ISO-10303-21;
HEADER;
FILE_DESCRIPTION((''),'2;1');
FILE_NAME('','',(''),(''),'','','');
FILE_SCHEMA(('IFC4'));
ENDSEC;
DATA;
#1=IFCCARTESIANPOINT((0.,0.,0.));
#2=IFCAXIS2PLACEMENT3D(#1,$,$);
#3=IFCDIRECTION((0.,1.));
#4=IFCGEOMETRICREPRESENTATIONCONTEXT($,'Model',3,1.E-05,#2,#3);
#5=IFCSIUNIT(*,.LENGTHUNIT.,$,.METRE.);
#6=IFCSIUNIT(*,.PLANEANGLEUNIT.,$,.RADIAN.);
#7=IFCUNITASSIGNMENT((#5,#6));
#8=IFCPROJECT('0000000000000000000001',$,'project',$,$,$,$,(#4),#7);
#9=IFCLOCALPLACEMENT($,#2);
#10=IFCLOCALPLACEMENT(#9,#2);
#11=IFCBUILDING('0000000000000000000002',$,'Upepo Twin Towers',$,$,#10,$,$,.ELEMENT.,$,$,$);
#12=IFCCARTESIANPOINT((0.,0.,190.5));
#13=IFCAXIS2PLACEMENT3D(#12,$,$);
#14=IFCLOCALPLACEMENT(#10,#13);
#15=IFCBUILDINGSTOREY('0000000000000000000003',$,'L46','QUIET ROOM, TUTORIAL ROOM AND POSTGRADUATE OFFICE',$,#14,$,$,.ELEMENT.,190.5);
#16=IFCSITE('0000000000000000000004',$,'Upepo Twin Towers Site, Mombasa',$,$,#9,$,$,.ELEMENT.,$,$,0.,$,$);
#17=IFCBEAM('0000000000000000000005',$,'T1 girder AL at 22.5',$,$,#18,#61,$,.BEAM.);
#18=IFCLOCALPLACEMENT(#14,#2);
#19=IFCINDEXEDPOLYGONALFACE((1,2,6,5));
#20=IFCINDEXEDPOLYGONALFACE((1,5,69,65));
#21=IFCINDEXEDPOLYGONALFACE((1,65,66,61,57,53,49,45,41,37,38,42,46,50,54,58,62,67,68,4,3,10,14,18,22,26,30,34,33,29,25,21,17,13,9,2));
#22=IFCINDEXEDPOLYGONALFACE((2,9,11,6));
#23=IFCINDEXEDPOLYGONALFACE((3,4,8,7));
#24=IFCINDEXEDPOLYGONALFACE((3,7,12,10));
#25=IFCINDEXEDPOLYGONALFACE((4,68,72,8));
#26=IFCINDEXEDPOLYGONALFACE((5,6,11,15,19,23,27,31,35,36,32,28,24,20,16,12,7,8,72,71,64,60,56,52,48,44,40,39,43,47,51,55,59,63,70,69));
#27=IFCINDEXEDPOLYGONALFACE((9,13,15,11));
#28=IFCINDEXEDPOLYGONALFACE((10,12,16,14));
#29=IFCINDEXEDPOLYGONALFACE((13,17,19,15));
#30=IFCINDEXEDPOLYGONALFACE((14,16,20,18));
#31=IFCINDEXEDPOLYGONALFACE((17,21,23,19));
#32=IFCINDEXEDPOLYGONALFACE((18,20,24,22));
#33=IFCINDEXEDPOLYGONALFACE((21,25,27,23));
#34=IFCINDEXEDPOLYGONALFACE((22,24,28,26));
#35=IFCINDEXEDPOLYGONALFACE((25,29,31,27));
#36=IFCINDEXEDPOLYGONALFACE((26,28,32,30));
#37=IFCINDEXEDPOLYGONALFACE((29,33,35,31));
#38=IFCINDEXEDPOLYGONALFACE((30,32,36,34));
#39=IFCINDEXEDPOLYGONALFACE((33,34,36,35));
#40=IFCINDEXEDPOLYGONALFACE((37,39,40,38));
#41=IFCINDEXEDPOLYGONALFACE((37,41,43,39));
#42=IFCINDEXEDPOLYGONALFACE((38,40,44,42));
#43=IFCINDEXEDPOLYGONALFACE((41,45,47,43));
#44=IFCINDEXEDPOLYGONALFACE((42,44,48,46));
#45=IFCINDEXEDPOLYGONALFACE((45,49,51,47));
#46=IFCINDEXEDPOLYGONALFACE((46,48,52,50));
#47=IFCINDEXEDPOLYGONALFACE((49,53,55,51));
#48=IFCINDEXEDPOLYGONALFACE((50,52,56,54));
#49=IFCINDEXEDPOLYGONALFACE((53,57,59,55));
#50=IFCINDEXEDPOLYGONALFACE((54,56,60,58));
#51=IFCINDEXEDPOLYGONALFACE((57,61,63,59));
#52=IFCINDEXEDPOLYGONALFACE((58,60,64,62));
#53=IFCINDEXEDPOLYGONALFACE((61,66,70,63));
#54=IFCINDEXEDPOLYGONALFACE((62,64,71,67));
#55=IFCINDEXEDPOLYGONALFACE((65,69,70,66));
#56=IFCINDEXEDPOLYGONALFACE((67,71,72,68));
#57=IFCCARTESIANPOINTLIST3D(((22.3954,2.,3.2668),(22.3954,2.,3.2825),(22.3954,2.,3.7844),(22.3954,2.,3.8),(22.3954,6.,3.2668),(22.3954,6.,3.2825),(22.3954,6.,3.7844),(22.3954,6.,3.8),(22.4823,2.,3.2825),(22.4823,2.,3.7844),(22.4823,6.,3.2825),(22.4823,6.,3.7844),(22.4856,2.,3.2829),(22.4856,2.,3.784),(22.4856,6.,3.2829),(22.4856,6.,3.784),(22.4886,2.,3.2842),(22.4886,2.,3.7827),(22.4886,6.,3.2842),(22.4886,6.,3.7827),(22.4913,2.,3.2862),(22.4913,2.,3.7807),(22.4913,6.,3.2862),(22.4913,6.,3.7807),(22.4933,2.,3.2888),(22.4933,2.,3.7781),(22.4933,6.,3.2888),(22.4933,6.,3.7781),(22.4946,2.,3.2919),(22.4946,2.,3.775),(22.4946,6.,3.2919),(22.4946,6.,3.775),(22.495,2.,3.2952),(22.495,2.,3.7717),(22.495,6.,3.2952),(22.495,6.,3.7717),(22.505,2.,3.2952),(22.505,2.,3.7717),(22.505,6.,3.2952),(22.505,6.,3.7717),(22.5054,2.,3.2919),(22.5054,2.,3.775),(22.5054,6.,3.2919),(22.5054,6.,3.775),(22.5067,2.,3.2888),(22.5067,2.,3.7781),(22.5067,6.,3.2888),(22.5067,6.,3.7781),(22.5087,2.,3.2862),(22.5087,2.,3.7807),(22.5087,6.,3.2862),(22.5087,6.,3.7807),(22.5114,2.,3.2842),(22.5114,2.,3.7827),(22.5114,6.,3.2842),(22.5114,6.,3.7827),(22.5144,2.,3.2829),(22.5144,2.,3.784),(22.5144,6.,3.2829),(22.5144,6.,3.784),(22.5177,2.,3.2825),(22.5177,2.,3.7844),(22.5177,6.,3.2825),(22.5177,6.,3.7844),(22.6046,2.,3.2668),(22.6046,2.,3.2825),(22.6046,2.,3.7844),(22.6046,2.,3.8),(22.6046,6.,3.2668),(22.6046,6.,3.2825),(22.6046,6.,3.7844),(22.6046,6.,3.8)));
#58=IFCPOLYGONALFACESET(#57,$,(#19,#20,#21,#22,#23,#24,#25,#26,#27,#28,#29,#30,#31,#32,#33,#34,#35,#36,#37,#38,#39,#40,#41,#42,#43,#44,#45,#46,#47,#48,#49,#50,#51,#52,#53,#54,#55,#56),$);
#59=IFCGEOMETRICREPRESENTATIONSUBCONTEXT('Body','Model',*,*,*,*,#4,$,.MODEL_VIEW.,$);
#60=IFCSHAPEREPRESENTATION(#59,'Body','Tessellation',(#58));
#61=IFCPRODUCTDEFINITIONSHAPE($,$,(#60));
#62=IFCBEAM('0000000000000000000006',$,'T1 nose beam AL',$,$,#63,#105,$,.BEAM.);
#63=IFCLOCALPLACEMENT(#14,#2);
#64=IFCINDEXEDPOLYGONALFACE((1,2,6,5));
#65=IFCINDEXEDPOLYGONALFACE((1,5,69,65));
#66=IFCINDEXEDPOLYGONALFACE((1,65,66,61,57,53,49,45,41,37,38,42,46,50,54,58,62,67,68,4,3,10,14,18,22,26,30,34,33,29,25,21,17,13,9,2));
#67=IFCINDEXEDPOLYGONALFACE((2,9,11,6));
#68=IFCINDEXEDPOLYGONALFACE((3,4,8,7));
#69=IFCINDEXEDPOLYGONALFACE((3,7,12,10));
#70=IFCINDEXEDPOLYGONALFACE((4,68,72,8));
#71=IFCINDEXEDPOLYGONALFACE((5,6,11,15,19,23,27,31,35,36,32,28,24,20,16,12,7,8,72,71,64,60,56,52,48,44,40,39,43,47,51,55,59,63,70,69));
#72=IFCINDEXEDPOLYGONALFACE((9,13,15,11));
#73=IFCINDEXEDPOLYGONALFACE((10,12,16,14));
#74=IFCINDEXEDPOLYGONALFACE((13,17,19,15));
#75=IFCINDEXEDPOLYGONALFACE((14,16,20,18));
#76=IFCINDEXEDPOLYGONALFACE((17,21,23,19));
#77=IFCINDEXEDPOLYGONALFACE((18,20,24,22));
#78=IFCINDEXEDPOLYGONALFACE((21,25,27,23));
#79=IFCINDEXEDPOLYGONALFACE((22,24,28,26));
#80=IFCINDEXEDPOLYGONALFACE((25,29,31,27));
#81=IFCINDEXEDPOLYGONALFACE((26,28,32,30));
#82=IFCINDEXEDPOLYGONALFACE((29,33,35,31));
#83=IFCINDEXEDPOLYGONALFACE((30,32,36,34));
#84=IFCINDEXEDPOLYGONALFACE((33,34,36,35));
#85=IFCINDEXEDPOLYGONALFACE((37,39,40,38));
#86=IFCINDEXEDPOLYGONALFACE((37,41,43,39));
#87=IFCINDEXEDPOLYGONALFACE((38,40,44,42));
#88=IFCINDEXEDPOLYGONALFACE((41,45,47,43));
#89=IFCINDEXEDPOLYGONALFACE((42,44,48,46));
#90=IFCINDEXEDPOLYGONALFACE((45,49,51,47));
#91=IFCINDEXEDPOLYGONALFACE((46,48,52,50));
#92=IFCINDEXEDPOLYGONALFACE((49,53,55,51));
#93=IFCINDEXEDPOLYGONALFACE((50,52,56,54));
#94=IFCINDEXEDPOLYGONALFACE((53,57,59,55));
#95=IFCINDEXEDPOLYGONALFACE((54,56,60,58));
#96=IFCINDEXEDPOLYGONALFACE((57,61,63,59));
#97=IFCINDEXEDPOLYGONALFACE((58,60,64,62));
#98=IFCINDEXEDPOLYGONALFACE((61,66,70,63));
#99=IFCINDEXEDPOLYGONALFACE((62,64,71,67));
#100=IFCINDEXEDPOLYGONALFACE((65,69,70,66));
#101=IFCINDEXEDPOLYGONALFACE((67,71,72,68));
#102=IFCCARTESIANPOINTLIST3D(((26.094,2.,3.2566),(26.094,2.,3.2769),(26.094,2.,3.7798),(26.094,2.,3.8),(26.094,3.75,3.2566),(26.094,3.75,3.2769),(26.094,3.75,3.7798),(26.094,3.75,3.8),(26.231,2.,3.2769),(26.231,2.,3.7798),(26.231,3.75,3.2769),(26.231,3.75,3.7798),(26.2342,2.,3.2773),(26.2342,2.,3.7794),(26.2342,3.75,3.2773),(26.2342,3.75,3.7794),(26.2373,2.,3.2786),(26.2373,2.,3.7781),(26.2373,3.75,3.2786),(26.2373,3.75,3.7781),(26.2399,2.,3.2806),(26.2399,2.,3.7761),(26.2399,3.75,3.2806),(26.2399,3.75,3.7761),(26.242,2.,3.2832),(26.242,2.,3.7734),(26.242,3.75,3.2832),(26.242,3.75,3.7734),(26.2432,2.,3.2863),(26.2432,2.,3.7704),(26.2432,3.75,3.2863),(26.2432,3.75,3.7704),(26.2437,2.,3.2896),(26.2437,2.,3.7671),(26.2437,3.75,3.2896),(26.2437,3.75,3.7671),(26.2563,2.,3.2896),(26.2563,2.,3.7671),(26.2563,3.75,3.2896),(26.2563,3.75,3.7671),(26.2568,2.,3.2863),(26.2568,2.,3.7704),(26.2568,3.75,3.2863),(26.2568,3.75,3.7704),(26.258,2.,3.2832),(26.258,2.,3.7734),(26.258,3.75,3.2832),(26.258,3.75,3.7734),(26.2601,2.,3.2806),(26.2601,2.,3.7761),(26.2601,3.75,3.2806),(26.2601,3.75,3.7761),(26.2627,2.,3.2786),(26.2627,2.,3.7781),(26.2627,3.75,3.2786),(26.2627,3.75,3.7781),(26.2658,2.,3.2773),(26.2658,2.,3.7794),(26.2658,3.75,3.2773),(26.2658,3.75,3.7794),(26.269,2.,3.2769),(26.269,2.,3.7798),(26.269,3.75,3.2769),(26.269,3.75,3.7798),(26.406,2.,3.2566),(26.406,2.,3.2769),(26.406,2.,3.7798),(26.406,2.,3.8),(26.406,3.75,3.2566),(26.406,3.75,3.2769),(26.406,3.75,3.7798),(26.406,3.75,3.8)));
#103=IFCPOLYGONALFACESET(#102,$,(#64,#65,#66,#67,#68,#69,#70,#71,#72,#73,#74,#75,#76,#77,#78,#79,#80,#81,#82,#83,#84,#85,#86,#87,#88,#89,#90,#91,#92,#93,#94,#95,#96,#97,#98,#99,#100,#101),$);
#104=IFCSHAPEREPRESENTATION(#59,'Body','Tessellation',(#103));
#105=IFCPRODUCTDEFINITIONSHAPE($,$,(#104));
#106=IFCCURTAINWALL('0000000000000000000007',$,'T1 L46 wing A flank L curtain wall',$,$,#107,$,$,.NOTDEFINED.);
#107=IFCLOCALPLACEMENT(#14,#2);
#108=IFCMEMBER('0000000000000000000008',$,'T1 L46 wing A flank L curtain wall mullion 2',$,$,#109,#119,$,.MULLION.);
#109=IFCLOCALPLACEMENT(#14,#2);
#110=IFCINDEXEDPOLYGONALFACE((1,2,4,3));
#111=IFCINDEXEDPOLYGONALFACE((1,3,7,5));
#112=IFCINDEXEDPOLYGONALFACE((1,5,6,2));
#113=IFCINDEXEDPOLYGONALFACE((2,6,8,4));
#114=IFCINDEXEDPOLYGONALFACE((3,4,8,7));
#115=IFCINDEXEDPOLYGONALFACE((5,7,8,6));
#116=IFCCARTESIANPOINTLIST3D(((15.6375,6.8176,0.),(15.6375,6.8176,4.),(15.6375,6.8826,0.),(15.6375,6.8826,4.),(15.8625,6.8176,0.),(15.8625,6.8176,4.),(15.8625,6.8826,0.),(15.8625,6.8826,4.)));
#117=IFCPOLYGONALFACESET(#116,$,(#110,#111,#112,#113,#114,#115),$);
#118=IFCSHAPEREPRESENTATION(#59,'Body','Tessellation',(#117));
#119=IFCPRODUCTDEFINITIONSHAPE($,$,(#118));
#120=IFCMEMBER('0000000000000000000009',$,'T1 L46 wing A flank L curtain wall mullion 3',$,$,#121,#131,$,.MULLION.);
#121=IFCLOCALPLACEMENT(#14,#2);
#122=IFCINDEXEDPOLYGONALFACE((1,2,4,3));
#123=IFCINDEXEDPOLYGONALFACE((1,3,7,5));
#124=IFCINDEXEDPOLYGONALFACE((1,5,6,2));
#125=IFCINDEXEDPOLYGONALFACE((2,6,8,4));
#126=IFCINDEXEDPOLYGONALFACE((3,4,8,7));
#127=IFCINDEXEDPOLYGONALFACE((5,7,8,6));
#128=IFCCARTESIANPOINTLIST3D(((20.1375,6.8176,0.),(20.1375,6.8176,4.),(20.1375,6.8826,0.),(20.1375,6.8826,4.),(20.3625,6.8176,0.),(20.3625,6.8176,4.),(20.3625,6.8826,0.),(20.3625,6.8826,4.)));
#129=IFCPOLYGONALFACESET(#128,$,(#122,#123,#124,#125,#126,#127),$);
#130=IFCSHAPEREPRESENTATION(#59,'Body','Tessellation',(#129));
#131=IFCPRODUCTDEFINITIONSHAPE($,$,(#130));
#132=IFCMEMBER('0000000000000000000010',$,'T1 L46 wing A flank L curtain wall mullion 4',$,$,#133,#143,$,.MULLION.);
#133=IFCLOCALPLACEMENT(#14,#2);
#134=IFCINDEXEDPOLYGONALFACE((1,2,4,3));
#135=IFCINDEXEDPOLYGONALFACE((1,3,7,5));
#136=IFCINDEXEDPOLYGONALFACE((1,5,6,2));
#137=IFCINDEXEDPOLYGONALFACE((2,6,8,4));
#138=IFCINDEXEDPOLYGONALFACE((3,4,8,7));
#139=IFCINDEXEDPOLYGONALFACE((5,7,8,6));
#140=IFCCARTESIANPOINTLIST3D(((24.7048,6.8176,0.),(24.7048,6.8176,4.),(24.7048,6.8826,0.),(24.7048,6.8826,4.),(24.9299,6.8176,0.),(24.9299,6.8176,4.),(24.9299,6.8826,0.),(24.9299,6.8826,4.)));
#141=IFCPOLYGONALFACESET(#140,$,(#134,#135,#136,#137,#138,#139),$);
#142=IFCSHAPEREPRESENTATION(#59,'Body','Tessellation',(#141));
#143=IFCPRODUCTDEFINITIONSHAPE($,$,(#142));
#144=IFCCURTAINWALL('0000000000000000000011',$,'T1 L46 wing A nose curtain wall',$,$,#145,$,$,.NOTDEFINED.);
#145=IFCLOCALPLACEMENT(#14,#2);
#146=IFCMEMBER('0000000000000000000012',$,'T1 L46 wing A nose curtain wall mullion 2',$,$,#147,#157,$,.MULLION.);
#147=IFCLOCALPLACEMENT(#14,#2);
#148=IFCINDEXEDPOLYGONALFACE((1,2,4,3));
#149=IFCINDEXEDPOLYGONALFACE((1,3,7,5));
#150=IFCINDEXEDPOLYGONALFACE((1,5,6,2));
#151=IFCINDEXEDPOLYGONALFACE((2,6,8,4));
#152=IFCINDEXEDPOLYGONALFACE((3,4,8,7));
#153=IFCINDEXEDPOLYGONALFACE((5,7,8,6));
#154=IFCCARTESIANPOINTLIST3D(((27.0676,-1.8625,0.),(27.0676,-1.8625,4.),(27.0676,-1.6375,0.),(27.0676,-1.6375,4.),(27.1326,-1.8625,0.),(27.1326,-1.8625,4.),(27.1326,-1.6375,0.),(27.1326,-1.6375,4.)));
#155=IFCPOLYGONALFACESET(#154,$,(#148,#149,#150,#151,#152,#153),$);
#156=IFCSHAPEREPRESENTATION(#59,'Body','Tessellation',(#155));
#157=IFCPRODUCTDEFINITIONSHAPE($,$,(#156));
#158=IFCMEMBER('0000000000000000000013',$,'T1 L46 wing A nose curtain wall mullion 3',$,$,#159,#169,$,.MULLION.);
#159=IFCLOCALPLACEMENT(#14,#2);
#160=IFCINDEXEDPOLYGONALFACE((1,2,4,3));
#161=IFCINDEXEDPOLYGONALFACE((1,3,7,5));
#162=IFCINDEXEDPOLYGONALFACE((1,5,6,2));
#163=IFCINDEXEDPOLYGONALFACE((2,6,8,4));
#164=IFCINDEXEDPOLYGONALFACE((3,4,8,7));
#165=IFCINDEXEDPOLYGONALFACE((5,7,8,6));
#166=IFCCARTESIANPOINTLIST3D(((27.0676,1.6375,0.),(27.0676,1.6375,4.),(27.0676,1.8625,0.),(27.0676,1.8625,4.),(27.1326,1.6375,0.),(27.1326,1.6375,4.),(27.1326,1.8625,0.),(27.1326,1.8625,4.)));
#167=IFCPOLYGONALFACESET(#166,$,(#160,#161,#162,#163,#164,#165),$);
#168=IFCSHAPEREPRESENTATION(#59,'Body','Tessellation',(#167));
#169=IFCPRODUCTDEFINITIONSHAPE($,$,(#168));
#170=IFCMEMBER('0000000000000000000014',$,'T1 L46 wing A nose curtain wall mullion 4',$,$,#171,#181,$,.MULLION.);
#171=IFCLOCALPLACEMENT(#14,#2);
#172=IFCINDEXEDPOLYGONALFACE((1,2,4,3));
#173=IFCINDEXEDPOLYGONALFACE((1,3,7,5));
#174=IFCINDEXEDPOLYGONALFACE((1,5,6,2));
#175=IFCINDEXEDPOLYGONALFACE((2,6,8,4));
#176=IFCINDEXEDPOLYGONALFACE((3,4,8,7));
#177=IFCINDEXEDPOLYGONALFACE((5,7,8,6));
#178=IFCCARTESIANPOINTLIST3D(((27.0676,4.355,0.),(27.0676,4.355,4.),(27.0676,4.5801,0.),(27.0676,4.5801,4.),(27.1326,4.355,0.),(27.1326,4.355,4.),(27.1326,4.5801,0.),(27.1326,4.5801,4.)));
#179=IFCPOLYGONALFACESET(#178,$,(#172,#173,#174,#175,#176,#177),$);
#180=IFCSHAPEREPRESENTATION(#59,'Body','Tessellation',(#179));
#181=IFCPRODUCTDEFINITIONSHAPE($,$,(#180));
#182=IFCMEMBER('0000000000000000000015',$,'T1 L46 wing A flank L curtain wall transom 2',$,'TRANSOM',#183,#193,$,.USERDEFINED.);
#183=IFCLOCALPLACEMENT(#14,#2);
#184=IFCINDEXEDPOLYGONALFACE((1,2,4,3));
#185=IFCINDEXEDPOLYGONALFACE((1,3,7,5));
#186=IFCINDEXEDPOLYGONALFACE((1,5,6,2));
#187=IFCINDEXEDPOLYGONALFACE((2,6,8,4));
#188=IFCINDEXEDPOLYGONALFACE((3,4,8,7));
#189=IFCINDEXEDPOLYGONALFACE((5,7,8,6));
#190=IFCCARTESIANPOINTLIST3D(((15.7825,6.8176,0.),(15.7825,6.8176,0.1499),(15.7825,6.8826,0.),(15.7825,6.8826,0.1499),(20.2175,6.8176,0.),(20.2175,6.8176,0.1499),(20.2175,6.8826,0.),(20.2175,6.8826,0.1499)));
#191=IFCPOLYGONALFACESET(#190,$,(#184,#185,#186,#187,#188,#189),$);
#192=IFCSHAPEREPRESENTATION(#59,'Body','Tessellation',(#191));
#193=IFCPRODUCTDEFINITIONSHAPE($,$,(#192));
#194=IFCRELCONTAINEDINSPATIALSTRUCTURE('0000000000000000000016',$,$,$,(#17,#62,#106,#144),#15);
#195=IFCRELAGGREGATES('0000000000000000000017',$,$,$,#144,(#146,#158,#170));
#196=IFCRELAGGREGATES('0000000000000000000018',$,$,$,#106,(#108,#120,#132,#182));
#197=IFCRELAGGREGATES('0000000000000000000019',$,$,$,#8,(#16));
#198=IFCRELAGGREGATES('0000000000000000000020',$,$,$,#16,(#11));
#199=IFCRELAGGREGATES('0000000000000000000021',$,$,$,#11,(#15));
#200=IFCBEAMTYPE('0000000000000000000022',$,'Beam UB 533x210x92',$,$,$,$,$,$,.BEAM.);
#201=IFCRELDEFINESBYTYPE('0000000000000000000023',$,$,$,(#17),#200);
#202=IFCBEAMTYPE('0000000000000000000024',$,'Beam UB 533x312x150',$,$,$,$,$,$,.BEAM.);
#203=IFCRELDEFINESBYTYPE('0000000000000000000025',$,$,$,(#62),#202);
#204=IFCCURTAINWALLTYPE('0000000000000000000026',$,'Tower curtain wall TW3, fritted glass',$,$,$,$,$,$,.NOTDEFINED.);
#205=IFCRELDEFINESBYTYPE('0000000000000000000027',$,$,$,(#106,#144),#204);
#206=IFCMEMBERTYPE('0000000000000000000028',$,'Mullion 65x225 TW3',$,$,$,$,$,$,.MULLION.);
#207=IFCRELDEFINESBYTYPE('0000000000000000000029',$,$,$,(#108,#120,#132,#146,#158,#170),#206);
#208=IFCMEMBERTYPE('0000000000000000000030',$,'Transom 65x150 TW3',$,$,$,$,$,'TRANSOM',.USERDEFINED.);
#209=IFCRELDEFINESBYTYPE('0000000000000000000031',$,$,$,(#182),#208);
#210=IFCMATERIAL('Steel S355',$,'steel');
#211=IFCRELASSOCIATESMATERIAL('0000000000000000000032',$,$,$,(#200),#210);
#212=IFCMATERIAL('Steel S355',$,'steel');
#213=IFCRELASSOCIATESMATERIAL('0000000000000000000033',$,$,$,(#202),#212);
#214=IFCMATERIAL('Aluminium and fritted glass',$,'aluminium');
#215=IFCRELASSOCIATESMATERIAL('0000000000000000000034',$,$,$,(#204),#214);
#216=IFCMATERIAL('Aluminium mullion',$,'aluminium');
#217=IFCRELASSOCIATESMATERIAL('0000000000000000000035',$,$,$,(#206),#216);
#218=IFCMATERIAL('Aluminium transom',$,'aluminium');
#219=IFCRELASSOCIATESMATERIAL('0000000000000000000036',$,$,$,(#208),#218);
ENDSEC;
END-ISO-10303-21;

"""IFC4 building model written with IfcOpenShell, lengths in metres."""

from ifc_helpers import new_model, si_unit, direction, frame, origin, origin_2d, place, context, subcontext, project, spatial, rectangle, i_section, extrude, material, material_profile, profile_set, type_object, element, aggregate, save


model = new_model("IFC4")

# Units and contexts
model_context = context("Model", 3, precision=1e-05, world=origin(), true_north=direction((0.0, 1.0)))
body_context = subcontext(model_context, "Body", "Model", "MODEL_VIEW")
ifc_project = project(units=[si_unit("LENGTHUNIT", "METRE"), si_unit("PLANEANGLEUNIT", "RADIAN")], contexts=[model_context])

# Site, building, storey
site_placement = place(None, origin())
site = spatial("IfcSite", under=ifc_project, at=site_placement, Name="Upepo Twin Towers Site, Mombasa", CompositionType="ELEMENT", RefElevation=0.0)
building_placement = place(site_placement, origin())
building = spatial("IfcBuilding", under=site, at=building_placement, Name="Upepo Twin Towers", CompositionType="ELEMENT")
storey_placement = place(building_placement, frame((0.0, 0.0, 190.5)))
storey = spatial("IfcBuildingStorey", under=building, at=storey_placement, Name="L46", Description="QUIET ROOM, TUTORIAL ROOM AND POSTGRADUATE OFFICE", CompositionType="ELEMENT", Elevation=190.5)

# Beams
ifc_material_1 = material(Name="Steel S355", Category="steel")
ifc_material_profile_1 = material_profile(ifc_material_1, i_section(OverallWidth=0.2092, OverallDepth=0.5332, WebThickness=0.01, FlangeThickness=0.0156, FilletRadius=0.0127, at=origin_2d()), Name="UB 533x210x92")
ifc_profile_set_1 = profile_set([ifc_material_profile_1], Name="Steel S355")
beam_type_1 = type_object("IfcBeamType", Name="Beam UB 533x210x92", PredefinedType="BEAM", material=ifc_profile_set_1)
for number, where, z_axis, x_axis, name in (
    (1, (22.5, 6.0, 3.5334), (0.0, -1.0, 0.0), (1.0, 0.0, 0.0), "T1 girder AL at 22.5"),
):
    element("IfcBeam", number, at=place(storey_placement, frame(where, z_axis=z_axis, x_axis=x_axis)), inside=storey, type_object=beam_type_1, Name=name, PredefinedType="BEAM", context=body_context, shape_type="SweptSolid", body=[
        extrude(i_section(OverallWidth=0.2092, OverallDepth=0.5332, WebThickness=0.01, FlangeThickness=0.0156, FilletRadius=0.0127, at=origin_2d()), origin(), (0.0, 0.0, 1.0), 4.0),
    ])
ifc_material_2 = material(Name="Steel S355", Category="steel")
ifc_material_profile_2 = material_profile(ifc_material_2, i_section(OverallWidth=0.312, OverallDepth=0.5435, WebThickness=0.0127, FlangeThickness=0.0203, FilletRadius=0.0127, at=origin_2d()), Name="UB 533x312x150")
ifc_profile_set_2 = profile_set([ifc_material_profile_2], Name="Steel S355")
beam_type_2 = type_object("IfcBeamType", Name="Beam UB 533x312x150", PredefinedType="BEAM", material=ifc_profile_set_2)
beam_1_placement = place(storey_placement, frame((26.25, 3.75, 3.5283), z_axis=(0.0, -1.0, 0.0), x_axis=(1.0, 0.0, 0.0)))
element("IfcBeam", 2, at=beam_1_placement, inside=storey, type_object=beam_type_2, Name="T1 nose beam AL", PredefinedType="BEAM", context=body_context, shape_type="SweptSolid", body=[
    extrude(i_section(OverallWidth=0.312, OverallDepth=0.5435, WebThickness=0.0127, FlangeThickness=0.0203, FilletRadius=0.0127, at=origin_2d()), origin(), (0.0, 0.0, 1.0), 1.75),
])

# Curtain walls, members
ifc_material_3 = material(Name="Aluminium and fritted glass", Category="aluminium")
curtain_wall_type = type_object("IfcCurtainWallType", Name="Tower curtain wall TW3, fritted glass", PredefinedType="NOTDEFINED", material=ifc_material_3)
curtain_wall_1_placement = place(storey_placement, origin())
curtain_wall_1 = element("IfcCurtainWall", 3, at=curtain_wall_1_placement, inside=storey, type_object=curtain_wall_type, Name="T1 L46 wing A flank L curtain wall", PredefinedType="NOTDEFINED")
ifc_material_4 = material(Name="Aluminium mullion", Category="aluminium")
ifc_material_profile_3 = material_profile(ifc_material_4, rectangle(XDim=0.0649, YDim=0.2251, at=origin_2d()), Name="MULLION 65x225")
ifc_profile_set_3 = profile_set([ifc_material_profile_3], Name="Aluminium mullion")
member_type_1 = type_object("IfcMemberType", Name="Mullion 65x225 TW3", PredefinedType="MULLION", material=ifc_profile_set_3)
member_1_placement = place(storey_placement, frame((15.75, 6.8501, 0.0), z_axis=(0.0, 0.0, 1.0), x_axis=(0.0, 1.0, 0.0)))
member_1 = element("IfcMember", 4, at=member_1_placement, type_object=member_type_1, Name="T1 L46 wing A flank L curtain wall mullion 2", PredefinedType="MULLION", context=body_context, shape_type="SweptSolid", body=[
    extrude(rectangle(XDim=0.0649, YDim=0.2251, at=origin_2d()), origin(), (0.0, 0.0, 1.0), 4.0),
])
member_2_placement = place(storey_placement, frame((20.25, 6.8501, 0.0), z_axis=(0.0, 0.0, 1.0), x_axis=(0.0, 1.0, 0.0)))
member_2 = element("IfcMember", 5, at=member_2_placement, type_object=member_type_1, Name="T1 L46 wing A flank L curtain wall mullion 3", PredefinedType="MULLION", context=body_context, shape_type="SweptSolid", body=[
    extrude(rectangle(XDim=0.0649, YDim=0.2251, at=origin_2d()), origin(), (0.0, 0.0, 1.0), 4.0),
])
member_3_placement = place(storey_placement, frame((24.8174, 6.8501, 0.0), z_axis=(0.0, 0.0, 1.0), x_axis=(0.0, 1.0, 0.0)))
member_3 = element("IfcMember", 6, at=member_3_placement, type_object=member_type_1, Name="T1 L46 wing A flank L curtain wall mullion 4", PredefinedType="MULLION", context=body_context, shape_type="SweptSolid", body=[
    extrude(rectangle(XDim=0.0649, YDim=0.2251, at=origin_2d()), origin(), (0.0, 0.0, 1.0), 4.0),
])
curtain_wall_2_placement = place(storey_placement, origin())
curtain_wall_2 = element("IfcCurtainWall", 7, at=curtain_wall_2_placement, inside=storey, type_object=curtain_wall_type, Name="T1 L46 wing A nose curtain wall", PredefinedType="NOTDEFINED")
member_4_placement = place(storey_placement, frame((27.1001, -1.75, 0.0), z_axis=(0.0, 0.0, 1.0), x_axis=(-1.0, 0.0, 0.0)))
member_4 = element("IfcMember", 8, at=member_4_placement, type_object=member_type_1, Name="T1 L46 wing A nose curtain wall mullion 2", PredefinedType="MULLION", context=body_context, shape_type="SweptSolid", body=[
    extrude(rectangle(XDim=0.0649, YDim=0.2251, at=origin_2d()), origin(), (0.0, 0.0, 1.0), 4.0),
])
member_5_placement = place(storey_placement, frame((27.1001, 1.75, 0.0), z_axis=(0.0, 0.0, 1.0), x_axis=(-1.0, 0.0, 0.0)))
member_5 = element("IfcMember", 9, at=member_5_placement, type_object=member_type_1, Name="T1 L46 wing A nose curtain wall mullion 3", PredefinedType="MULLION", context=body_context, shape_type="SweptSolid", body=[
    extrude(rectangle(XDim=0.0649, YDim=0.2251, at=origin_2d()), origin(), (0.0, 0.0, 1.0), 4.0),
])
member_6_placement = place(storey_placement, frame((27.1001, 4.4675, 0.0), z_axis=(0.0, 0.0, 1.0), x_axis=(-1.0, 0.0, 0.0)))
member_6 = element("IfcMember", 10, at=member_6_placement, type_object=member_type_1, Name="T1 L46 wing A nose curtain wall mullion 4", PredefinedType="MULLION", context=body_context, shape_type="SweptSolid", body=[
    extrude(rectangle(XDim=0.0649, YDim=0.2251, at=origin_2d()), origin(), (0.0, 0.0, 1.0), 4.0),
])
aggregate(curtain_wall_2, [member_4, member_5, member_6])

# Member
ifc_material_5 = material(Name="Aluminium transom", Category="aluminium")
ifc_material_profile_4 = material_profile(ifc_material_5, rectangle(XDim=0.0649, YDim=0.1499, at=origin_2d()), Name="TRANSOM 65x150")
ifc_profile_set_4 = profile_set([ifc_material_profile_4], Name="Aluminium transom")
member_type_2 = type_object("IfcMemberType", Name="Transom 65x150 TW3", ElementType="TRANSOM", PredefinedType="USERDEFINED", material=ifc_profile_set_4)
member_7_placement = place(storey_placement, frame((15.7825, 6.8501, 0.075), z_axis=(1.0, 0.0, 0.0), x_axis=(0.0, 1.0, 0.0)))
member_7 = element("IfcMember", 11, at=member_7_placement, type_object=member_type_2, Name="T1 L46 wing A flank L curtain wall transom 2", ObjectType="TRANSOM", PredefinedType="USERDEFINED", context=body_context, shape_type="SweptSolid", body=[
    extrude(rectangle(XDim=0.0649, YDim=0.1499, at=origin_2d()), origin(), (0.0, 0.0, 1.0), 4.4351),
])

aggregate(curtain_wall_1, [member_1, member_2, member_3, member_7])

save(model, "model.ifc")
